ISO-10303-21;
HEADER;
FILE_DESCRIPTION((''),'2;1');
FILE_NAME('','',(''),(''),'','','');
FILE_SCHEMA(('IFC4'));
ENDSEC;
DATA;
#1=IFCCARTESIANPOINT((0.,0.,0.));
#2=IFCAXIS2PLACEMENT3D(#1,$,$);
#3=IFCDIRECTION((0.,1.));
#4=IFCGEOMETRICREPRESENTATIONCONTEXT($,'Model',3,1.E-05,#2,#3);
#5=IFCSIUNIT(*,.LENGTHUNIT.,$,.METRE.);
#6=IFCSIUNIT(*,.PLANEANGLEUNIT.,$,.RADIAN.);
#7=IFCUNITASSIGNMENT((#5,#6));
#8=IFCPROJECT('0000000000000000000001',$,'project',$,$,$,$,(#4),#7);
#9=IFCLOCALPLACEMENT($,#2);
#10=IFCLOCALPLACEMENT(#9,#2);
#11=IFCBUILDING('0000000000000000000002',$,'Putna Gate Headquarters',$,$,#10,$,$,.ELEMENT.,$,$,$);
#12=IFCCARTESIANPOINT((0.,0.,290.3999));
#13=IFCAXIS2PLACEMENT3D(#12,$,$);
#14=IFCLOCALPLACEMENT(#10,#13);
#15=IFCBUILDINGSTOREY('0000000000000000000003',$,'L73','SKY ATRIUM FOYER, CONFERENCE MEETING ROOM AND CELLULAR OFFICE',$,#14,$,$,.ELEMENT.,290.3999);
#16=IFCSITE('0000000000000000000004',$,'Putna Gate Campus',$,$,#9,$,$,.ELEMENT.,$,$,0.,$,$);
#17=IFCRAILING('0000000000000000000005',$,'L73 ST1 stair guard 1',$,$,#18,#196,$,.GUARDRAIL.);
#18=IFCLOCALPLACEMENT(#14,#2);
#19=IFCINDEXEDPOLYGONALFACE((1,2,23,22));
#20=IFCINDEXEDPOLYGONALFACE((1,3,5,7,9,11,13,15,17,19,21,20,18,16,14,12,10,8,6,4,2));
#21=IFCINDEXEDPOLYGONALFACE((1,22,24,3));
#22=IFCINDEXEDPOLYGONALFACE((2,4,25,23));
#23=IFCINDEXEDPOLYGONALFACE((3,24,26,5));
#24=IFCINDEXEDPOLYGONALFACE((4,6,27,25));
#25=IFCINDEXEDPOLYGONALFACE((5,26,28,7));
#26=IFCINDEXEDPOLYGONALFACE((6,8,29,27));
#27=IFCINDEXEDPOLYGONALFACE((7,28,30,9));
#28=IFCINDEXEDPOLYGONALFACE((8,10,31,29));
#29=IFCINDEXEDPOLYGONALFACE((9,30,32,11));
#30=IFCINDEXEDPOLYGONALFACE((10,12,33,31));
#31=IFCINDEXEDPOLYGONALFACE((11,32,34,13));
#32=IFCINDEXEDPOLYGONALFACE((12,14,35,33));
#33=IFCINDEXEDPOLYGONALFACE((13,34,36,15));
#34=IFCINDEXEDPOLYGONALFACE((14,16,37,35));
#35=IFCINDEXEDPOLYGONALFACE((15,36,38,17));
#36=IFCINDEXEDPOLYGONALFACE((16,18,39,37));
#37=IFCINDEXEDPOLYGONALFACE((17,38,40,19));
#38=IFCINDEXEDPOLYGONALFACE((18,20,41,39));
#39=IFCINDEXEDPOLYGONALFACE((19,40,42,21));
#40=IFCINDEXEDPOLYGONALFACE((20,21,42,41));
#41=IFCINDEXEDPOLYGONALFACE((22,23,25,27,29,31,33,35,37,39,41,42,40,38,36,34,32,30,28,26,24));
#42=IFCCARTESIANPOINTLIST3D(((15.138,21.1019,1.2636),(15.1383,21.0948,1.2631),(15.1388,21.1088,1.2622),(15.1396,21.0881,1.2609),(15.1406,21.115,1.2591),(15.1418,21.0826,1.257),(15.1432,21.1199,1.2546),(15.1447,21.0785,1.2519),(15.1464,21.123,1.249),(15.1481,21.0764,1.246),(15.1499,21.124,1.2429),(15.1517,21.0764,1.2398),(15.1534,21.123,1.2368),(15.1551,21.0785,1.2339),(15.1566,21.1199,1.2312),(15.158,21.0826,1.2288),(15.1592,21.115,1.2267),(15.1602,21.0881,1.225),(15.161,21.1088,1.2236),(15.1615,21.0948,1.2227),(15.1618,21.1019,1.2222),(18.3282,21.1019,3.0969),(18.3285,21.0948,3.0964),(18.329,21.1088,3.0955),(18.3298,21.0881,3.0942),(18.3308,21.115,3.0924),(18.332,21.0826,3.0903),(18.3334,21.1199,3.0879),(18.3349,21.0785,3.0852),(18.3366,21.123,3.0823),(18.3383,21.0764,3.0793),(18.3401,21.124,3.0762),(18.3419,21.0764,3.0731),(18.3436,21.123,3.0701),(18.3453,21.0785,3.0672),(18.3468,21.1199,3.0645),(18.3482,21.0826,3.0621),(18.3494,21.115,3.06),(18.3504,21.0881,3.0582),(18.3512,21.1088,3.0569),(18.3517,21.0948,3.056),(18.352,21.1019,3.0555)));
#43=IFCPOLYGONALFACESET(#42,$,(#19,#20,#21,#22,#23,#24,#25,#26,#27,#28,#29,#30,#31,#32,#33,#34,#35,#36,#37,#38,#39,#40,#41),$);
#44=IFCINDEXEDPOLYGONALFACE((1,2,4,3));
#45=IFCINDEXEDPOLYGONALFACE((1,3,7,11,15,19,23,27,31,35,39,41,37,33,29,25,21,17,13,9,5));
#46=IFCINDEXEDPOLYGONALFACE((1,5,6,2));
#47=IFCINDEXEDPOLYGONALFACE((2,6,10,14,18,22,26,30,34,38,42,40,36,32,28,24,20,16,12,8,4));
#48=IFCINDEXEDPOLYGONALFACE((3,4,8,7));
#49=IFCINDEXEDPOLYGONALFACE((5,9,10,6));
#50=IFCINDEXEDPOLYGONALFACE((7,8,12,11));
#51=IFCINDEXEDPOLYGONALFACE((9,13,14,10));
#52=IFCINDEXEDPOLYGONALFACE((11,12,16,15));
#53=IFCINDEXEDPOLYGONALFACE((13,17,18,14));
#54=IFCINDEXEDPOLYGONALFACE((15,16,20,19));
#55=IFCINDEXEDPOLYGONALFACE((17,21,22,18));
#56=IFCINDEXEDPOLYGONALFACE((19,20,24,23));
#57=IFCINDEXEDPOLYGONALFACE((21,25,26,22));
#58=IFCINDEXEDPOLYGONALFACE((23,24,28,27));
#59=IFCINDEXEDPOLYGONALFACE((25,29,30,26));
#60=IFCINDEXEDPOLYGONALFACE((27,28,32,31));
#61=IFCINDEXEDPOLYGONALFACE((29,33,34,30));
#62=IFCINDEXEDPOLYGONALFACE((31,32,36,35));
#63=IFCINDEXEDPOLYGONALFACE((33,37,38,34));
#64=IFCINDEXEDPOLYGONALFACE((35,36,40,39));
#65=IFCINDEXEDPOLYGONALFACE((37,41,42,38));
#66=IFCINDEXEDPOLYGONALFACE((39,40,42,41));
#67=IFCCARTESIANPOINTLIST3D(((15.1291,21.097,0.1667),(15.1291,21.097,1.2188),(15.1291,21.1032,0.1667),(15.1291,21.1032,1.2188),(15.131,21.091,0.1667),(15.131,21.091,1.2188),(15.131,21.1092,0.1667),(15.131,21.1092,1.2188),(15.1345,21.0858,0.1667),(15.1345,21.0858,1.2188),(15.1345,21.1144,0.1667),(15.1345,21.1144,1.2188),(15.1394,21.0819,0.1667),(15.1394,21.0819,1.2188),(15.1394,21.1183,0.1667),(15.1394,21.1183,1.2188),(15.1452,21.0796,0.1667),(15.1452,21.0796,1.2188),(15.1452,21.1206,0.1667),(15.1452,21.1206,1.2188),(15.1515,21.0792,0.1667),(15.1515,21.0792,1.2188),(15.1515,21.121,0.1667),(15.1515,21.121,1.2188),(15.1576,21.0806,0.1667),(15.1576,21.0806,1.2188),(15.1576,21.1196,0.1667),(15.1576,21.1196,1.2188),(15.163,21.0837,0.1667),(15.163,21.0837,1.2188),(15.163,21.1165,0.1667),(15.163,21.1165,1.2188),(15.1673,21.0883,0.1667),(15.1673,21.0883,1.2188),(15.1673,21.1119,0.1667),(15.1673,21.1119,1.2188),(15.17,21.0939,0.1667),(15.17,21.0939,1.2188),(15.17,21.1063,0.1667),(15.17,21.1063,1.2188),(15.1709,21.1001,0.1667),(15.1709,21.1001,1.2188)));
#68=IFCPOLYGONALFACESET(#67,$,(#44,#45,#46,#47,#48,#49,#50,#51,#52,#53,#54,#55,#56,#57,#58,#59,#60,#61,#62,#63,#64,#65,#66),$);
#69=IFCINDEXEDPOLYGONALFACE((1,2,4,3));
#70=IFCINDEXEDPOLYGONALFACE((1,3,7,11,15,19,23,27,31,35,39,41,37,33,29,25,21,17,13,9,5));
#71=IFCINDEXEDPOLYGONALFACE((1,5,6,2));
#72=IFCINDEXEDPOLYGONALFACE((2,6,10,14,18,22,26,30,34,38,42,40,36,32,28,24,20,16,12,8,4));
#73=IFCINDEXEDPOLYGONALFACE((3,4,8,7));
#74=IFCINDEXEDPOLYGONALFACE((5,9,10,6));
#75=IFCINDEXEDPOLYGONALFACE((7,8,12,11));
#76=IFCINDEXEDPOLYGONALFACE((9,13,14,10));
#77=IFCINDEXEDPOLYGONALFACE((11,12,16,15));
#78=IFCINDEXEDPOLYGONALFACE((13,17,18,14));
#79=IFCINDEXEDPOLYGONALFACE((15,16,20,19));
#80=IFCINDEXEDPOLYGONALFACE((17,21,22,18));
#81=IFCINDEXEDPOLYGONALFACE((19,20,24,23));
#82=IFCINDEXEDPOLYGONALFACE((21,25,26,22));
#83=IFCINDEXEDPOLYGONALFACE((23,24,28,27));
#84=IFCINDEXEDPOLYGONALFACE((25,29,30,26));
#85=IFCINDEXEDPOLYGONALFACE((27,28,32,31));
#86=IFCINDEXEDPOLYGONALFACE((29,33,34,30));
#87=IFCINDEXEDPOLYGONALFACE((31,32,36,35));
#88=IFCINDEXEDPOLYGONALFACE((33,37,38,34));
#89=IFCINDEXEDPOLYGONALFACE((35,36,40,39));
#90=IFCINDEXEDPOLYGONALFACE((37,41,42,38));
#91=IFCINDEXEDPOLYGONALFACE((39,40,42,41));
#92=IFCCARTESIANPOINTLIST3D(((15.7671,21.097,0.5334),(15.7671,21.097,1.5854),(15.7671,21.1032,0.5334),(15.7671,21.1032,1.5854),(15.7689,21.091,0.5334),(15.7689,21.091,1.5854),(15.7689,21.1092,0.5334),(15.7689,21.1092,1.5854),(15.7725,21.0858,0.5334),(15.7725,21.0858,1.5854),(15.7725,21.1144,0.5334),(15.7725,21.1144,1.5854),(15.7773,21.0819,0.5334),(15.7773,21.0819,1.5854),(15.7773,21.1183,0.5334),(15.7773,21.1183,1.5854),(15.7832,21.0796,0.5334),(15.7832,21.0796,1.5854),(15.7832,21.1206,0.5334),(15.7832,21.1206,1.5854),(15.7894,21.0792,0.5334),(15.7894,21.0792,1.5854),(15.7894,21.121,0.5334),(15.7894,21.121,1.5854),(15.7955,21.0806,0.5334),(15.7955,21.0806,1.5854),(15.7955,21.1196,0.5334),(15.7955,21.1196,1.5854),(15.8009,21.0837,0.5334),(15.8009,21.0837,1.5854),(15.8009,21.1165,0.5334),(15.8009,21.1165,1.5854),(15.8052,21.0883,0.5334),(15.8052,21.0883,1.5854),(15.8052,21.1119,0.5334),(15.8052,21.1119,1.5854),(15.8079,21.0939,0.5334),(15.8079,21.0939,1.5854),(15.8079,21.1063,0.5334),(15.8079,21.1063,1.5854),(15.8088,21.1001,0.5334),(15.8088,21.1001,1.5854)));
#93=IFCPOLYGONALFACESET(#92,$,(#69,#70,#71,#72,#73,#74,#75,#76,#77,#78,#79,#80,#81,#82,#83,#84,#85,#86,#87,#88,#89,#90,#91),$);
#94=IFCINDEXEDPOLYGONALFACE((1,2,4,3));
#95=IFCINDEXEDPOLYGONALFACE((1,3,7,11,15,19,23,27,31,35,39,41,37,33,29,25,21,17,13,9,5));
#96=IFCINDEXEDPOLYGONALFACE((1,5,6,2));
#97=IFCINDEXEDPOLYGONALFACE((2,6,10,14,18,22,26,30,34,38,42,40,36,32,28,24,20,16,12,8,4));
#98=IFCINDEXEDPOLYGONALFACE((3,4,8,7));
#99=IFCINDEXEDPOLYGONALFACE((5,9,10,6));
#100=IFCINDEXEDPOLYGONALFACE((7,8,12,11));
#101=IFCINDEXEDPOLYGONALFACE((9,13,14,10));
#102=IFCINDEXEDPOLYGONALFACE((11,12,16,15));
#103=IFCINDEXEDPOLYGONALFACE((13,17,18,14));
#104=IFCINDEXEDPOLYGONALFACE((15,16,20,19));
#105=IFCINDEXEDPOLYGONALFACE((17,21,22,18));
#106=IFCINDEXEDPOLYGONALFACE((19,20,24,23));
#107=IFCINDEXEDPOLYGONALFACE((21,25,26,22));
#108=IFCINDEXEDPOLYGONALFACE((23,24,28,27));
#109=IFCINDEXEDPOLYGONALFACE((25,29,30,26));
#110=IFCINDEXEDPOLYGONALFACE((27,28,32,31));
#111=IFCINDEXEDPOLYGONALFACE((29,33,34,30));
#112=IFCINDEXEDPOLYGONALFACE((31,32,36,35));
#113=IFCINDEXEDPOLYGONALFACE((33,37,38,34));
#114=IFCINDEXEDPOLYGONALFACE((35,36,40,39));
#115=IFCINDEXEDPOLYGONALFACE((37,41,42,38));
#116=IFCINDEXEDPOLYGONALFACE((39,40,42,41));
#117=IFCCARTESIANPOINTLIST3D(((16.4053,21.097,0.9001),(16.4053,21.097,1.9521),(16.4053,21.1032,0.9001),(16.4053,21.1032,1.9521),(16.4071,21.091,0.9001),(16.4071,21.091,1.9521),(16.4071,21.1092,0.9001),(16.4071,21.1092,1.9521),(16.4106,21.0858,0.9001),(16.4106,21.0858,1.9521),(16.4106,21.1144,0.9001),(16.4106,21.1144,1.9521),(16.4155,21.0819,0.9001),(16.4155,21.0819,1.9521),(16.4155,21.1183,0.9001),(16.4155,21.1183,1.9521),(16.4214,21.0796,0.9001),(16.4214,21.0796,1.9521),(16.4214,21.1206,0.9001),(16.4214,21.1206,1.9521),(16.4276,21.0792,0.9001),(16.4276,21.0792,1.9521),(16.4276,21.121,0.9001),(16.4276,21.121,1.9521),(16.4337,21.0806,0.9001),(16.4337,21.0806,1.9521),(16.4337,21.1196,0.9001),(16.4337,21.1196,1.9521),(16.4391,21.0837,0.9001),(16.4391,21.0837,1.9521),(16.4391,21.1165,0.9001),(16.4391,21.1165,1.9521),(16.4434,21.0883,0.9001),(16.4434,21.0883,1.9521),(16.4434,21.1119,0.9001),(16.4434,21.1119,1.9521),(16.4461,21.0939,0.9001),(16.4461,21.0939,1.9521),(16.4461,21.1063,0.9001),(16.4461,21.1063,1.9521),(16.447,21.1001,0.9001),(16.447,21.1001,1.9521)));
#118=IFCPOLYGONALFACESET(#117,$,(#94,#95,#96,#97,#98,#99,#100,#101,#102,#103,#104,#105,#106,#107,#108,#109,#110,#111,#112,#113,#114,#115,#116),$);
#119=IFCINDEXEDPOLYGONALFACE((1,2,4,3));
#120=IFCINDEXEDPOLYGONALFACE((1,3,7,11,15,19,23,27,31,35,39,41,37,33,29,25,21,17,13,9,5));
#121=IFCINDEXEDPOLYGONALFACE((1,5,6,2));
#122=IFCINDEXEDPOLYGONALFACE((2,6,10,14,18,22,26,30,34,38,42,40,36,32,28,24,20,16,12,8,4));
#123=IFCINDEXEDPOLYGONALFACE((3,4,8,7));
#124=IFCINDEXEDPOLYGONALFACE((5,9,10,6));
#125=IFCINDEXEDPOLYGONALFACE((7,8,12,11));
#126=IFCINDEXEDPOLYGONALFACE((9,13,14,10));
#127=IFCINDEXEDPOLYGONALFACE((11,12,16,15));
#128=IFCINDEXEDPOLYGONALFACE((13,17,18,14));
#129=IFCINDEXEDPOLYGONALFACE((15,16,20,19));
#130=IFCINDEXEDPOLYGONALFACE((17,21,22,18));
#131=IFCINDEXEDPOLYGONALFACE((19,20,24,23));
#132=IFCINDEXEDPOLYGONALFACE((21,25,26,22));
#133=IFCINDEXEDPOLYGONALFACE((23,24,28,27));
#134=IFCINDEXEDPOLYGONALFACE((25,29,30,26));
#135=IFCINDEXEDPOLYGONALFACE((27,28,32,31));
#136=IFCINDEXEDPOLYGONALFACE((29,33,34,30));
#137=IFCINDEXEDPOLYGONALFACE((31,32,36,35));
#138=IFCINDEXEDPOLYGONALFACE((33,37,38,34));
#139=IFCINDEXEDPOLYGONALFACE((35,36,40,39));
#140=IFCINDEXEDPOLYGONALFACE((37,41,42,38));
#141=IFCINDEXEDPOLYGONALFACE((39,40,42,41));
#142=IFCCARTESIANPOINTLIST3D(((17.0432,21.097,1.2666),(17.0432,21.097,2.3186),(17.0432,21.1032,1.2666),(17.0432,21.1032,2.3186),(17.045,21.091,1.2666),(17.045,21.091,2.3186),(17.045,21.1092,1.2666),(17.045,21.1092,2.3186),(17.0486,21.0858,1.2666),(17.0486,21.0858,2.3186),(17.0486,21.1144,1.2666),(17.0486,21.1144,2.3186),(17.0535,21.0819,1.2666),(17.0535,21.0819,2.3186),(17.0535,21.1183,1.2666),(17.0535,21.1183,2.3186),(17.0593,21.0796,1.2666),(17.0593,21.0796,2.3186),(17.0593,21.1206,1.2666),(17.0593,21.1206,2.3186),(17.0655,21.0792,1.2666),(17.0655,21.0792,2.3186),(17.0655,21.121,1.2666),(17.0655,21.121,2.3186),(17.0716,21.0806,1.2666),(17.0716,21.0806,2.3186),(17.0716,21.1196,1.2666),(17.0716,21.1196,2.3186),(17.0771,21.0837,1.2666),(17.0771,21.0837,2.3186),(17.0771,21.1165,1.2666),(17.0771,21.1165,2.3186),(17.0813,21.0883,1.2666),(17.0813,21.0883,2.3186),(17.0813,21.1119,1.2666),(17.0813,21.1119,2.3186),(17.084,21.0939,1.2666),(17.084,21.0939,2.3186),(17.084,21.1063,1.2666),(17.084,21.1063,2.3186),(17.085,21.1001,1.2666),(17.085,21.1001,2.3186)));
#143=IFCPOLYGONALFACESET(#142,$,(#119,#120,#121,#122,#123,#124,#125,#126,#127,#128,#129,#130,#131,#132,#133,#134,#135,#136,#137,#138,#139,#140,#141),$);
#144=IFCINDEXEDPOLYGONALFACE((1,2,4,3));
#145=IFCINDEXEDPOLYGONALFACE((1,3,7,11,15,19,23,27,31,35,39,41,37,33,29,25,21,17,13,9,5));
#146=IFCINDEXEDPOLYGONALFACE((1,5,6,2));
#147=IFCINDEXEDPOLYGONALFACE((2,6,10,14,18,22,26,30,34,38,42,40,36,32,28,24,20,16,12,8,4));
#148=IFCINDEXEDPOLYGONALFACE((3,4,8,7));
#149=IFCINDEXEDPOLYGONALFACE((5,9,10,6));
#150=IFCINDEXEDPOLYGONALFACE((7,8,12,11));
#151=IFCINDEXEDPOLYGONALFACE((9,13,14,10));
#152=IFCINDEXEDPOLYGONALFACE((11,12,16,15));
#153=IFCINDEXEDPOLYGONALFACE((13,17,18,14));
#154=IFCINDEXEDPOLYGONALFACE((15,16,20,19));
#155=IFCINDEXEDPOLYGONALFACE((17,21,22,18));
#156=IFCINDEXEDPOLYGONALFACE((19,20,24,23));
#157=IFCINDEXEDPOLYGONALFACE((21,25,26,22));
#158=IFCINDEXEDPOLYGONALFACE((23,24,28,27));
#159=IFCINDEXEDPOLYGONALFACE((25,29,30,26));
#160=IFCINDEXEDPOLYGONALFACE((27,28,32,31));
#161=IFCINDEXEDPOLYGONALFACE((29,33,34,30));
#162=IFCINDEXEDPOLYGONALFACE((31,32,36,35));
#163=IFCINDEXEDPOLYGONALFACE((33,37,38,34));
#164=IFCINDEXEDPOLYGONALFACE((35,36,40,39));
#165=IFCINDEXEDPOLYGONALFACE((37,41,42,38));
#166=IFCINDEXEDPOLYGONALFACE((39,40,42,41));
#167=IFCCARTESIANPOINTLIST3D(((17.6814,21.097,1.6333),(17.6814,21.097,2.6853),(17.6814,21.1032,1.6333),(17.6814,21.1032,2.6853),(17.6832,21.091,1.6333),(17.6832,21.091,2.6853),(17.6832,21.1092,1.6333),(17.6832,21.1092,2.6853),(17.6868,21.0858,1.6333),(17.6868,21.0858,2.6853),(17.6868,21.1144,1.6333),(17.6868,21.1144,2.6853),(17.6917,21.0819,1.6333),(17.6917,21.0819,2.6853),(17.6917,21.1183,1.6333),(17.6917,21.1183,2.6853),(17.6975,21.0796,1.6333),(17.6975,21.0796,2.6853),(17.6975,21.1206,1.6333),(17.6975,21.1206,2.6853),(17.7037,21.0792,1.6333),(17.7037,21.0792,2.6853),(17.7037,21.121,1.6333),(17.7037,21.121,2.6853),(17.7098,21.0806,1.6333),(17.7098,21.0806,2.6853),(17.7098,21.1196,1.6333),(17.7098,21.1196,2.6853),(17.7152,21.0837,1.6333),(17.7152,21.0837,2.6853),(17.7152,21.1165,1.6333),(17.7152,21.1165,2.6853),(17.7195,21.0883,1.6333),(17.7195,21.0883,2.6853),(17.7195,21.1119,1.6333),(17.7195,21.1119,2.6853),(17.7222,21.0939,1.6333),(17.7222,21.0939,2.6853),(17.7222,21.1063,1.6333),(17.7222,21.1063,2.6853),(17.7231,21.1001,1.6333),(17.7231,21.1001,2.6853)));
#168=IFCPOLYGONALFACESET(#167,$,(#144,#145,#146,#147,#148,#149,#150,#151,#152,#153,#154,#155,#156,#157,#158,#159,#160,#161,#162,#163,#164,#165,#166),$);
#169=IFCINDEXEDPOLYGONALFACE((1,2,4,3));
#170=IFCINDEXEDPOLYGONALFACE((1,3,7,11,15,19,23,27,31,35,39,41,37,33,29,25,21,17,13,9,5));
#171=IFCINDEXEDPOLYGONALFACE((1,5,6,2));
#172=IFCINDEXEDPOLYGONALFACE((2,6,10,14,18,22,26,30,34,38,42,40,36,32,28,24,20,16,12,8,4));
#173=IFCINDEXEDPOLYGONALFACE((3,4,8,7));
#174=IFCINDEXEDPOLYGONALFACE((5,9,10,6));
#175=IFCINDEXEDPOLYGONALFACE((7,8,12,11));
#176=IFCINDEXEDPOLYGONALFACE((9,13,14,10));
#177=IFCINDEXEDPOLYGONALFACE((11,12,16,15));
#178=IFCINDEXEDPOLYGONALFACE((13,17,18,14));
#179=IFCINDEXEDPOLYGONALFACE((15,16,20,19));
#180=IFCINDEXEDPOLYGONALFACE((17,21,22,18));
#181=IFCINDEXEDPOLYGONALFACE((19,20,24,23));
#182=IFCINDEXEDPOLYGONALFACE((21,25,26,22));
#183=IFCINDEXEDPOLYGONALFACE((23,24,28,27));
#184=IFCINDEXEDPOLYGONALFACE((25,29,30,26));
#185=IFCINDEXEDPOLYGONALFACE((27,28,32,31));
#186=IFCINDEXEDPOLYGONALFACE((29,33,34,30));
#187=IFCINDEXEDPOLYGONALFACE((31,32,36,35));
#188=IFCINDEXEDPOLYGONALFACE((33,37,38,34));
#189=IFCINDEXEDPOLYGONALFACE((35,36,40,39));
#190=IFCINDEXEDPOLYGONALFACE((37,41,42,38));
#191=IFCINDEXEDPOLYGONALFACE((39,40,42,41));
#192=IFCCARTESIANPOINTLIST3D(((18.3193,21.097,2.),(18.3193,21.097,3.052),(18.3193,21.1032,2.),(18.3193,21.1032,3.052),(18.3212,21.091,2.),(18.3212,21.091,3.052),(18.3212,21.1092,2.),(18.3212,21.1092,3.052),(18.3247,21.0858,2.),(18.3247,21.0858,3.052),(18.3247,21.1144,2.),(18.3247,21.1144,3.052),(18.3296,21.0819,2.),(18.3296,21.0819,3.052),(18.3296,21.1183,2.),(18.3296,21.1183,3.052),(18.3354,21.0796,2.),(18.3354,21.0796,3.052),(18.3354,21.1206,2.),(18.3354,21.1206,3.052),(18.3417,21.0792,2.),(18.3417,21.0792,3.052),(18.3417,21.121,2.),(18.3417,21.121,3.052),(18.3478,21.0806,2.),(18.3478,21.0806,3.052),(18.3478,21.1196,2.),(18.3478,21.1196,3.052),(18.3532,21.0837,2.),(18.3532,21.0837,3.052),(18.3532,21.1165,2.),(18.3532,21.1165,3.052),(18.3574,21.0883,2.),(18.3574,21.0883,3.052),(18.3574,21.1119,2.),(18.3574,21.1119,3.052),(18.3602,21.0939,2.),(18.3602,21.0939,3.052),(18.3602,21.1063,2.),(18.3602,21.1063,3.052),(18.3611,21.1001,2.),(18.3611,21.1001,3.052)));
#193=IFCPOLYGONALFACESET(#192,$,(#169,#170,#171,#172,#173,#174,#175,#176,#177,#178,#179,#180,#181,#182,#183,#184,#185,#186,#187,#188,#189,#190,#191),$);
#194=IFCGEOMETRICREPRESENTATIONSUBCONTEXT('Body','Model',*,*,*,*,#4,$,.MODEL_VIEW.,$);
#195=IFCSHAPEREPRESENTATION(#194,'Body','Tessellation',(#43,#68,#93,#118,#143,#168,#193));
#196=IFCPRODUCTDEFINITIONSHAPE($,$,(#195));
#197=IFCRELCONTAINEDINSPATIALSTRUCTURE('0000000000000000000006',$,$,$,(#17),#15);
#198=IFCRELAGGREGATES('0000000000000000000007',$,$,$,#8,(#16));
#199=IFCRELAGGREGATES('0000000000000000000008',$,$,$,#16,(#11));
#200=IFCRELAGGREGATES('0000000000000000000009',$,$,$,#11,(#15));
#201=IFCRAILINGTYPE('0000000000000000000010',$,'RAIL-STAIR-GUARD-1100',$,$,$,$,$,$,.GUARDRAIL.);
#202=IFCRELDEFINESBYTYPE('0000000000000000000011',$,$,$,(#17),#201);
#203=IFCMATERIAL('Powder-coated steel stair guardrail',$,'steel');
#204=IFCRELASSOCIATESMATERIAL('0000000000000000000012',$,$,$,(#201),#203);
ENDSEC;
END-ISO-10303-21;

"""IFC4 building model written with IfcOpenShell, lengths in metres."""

from ifc_helpers import new_model, si_unit, direction, frame, origin, origin_2d, place, context, subcontext, project, spatial, circle, extrude, material, type_object, element, save


model = new_model("IFC4")

# Units and contexts
model_context = context("Model", 3, precision=1e-05, world=origin(), true_north=direction((0.0, 1.0)))
body_context = subcontext(model_context, "Body", "Model", "MODEL_VIEW")
ifc_project = project(units=[si_unit("LENGTHUNIT", "METRE"), si_unit("PLANEANGLEUNIT", "RADIAN")], contexts=[model_context])

# Site, building, storey
site_placement = place(None, origin())
site = spatial("IfcSite", under=ifc_project, at=site_placement, Name="Putna Gate Campus", CompositionType="ELEMENT", RefElevation=0.0)
building_placement = place(site_placement, origin())
building = spatial("IfcBuilding", under=site, at=building_placement, Name="Putna Gate Headquarters", CompositionType="ELEMENT")
storey_placement = place(building_placement, frame((0.0, 0.0, 290.3999)))
storey = spatial("IfcBuildingStorey", under=building, at=storey_placement, Name="L73", Description="SKY ATRIUM FOYER, CONFERENCE MEETING ROOM AND CELLULAR OFFICE", CompositionType="ELEMENT", Elevation=290.3999)

# Railing
ifc_material_1 = material(Name="Powder-coated steel stair guardrail", Category="steel")
railing_type_1 = type_object("IfcRailingType", Name="RAIL-STAIR-GUARD-1100", PredefinedType="GUARDRAIL", material=ifc_material_1)
railing_1_placement = place(storey_placement, frame((15.1499, 21.1001, 0.1667)))
element("IfcRailing", 1, at=railing_1_placement, inside=storey, type_object=railing_type_1, Name="L73 ST1 stair guard 1", PredefinedType="GUARDRAIL", context=body_context, shape_type="SweptSolid", body=[
    extrude(circle(Radius=0.0239, at=origin_2d()), frame((0.0, 0.0, 1.0762), z_axis=(0.867036, 0.0, 0.498245), x_axis=(0.0, 1.0, 0.0)), (0.0, 0.0, 1.0), 3.6794),
    extrude(circle(Radius=0.021, at=origin_2d()), origin(), (0.0, 0.0, 1.0), 1.052),
    extrude(circle(Radius=0.021, at=origin_2d()), frame((0.6379, 0.0, 0.3667)), (0.0, 0.0, 1.0), 1.052),
    extrude(circle(Radius=0.021, at=origin_2d()), frame((1.2761, 0.0, 0.7334)), (0.0, 0.0, 1.0), 1.052),
    extrude(circle(Radius=0.021, at=origin_2d()), frame((1.9141, 0.0, 1.0999)), (0.0, 0.0, 1.0), 1.052),
    extrude(circle(Radius=0.021, at=origin_2d()), frame((2.5522, 0.0, 1.4666)), (0.0, 0.0, 1.0), 1.052),
    extrude(circle(Radius=0.021, at=origin_2d()), frame((3.1902, 0.0, 1.8333)), (0.0, 0.0, 1.0), 1.052),
])

save(model, "model.ifc")
